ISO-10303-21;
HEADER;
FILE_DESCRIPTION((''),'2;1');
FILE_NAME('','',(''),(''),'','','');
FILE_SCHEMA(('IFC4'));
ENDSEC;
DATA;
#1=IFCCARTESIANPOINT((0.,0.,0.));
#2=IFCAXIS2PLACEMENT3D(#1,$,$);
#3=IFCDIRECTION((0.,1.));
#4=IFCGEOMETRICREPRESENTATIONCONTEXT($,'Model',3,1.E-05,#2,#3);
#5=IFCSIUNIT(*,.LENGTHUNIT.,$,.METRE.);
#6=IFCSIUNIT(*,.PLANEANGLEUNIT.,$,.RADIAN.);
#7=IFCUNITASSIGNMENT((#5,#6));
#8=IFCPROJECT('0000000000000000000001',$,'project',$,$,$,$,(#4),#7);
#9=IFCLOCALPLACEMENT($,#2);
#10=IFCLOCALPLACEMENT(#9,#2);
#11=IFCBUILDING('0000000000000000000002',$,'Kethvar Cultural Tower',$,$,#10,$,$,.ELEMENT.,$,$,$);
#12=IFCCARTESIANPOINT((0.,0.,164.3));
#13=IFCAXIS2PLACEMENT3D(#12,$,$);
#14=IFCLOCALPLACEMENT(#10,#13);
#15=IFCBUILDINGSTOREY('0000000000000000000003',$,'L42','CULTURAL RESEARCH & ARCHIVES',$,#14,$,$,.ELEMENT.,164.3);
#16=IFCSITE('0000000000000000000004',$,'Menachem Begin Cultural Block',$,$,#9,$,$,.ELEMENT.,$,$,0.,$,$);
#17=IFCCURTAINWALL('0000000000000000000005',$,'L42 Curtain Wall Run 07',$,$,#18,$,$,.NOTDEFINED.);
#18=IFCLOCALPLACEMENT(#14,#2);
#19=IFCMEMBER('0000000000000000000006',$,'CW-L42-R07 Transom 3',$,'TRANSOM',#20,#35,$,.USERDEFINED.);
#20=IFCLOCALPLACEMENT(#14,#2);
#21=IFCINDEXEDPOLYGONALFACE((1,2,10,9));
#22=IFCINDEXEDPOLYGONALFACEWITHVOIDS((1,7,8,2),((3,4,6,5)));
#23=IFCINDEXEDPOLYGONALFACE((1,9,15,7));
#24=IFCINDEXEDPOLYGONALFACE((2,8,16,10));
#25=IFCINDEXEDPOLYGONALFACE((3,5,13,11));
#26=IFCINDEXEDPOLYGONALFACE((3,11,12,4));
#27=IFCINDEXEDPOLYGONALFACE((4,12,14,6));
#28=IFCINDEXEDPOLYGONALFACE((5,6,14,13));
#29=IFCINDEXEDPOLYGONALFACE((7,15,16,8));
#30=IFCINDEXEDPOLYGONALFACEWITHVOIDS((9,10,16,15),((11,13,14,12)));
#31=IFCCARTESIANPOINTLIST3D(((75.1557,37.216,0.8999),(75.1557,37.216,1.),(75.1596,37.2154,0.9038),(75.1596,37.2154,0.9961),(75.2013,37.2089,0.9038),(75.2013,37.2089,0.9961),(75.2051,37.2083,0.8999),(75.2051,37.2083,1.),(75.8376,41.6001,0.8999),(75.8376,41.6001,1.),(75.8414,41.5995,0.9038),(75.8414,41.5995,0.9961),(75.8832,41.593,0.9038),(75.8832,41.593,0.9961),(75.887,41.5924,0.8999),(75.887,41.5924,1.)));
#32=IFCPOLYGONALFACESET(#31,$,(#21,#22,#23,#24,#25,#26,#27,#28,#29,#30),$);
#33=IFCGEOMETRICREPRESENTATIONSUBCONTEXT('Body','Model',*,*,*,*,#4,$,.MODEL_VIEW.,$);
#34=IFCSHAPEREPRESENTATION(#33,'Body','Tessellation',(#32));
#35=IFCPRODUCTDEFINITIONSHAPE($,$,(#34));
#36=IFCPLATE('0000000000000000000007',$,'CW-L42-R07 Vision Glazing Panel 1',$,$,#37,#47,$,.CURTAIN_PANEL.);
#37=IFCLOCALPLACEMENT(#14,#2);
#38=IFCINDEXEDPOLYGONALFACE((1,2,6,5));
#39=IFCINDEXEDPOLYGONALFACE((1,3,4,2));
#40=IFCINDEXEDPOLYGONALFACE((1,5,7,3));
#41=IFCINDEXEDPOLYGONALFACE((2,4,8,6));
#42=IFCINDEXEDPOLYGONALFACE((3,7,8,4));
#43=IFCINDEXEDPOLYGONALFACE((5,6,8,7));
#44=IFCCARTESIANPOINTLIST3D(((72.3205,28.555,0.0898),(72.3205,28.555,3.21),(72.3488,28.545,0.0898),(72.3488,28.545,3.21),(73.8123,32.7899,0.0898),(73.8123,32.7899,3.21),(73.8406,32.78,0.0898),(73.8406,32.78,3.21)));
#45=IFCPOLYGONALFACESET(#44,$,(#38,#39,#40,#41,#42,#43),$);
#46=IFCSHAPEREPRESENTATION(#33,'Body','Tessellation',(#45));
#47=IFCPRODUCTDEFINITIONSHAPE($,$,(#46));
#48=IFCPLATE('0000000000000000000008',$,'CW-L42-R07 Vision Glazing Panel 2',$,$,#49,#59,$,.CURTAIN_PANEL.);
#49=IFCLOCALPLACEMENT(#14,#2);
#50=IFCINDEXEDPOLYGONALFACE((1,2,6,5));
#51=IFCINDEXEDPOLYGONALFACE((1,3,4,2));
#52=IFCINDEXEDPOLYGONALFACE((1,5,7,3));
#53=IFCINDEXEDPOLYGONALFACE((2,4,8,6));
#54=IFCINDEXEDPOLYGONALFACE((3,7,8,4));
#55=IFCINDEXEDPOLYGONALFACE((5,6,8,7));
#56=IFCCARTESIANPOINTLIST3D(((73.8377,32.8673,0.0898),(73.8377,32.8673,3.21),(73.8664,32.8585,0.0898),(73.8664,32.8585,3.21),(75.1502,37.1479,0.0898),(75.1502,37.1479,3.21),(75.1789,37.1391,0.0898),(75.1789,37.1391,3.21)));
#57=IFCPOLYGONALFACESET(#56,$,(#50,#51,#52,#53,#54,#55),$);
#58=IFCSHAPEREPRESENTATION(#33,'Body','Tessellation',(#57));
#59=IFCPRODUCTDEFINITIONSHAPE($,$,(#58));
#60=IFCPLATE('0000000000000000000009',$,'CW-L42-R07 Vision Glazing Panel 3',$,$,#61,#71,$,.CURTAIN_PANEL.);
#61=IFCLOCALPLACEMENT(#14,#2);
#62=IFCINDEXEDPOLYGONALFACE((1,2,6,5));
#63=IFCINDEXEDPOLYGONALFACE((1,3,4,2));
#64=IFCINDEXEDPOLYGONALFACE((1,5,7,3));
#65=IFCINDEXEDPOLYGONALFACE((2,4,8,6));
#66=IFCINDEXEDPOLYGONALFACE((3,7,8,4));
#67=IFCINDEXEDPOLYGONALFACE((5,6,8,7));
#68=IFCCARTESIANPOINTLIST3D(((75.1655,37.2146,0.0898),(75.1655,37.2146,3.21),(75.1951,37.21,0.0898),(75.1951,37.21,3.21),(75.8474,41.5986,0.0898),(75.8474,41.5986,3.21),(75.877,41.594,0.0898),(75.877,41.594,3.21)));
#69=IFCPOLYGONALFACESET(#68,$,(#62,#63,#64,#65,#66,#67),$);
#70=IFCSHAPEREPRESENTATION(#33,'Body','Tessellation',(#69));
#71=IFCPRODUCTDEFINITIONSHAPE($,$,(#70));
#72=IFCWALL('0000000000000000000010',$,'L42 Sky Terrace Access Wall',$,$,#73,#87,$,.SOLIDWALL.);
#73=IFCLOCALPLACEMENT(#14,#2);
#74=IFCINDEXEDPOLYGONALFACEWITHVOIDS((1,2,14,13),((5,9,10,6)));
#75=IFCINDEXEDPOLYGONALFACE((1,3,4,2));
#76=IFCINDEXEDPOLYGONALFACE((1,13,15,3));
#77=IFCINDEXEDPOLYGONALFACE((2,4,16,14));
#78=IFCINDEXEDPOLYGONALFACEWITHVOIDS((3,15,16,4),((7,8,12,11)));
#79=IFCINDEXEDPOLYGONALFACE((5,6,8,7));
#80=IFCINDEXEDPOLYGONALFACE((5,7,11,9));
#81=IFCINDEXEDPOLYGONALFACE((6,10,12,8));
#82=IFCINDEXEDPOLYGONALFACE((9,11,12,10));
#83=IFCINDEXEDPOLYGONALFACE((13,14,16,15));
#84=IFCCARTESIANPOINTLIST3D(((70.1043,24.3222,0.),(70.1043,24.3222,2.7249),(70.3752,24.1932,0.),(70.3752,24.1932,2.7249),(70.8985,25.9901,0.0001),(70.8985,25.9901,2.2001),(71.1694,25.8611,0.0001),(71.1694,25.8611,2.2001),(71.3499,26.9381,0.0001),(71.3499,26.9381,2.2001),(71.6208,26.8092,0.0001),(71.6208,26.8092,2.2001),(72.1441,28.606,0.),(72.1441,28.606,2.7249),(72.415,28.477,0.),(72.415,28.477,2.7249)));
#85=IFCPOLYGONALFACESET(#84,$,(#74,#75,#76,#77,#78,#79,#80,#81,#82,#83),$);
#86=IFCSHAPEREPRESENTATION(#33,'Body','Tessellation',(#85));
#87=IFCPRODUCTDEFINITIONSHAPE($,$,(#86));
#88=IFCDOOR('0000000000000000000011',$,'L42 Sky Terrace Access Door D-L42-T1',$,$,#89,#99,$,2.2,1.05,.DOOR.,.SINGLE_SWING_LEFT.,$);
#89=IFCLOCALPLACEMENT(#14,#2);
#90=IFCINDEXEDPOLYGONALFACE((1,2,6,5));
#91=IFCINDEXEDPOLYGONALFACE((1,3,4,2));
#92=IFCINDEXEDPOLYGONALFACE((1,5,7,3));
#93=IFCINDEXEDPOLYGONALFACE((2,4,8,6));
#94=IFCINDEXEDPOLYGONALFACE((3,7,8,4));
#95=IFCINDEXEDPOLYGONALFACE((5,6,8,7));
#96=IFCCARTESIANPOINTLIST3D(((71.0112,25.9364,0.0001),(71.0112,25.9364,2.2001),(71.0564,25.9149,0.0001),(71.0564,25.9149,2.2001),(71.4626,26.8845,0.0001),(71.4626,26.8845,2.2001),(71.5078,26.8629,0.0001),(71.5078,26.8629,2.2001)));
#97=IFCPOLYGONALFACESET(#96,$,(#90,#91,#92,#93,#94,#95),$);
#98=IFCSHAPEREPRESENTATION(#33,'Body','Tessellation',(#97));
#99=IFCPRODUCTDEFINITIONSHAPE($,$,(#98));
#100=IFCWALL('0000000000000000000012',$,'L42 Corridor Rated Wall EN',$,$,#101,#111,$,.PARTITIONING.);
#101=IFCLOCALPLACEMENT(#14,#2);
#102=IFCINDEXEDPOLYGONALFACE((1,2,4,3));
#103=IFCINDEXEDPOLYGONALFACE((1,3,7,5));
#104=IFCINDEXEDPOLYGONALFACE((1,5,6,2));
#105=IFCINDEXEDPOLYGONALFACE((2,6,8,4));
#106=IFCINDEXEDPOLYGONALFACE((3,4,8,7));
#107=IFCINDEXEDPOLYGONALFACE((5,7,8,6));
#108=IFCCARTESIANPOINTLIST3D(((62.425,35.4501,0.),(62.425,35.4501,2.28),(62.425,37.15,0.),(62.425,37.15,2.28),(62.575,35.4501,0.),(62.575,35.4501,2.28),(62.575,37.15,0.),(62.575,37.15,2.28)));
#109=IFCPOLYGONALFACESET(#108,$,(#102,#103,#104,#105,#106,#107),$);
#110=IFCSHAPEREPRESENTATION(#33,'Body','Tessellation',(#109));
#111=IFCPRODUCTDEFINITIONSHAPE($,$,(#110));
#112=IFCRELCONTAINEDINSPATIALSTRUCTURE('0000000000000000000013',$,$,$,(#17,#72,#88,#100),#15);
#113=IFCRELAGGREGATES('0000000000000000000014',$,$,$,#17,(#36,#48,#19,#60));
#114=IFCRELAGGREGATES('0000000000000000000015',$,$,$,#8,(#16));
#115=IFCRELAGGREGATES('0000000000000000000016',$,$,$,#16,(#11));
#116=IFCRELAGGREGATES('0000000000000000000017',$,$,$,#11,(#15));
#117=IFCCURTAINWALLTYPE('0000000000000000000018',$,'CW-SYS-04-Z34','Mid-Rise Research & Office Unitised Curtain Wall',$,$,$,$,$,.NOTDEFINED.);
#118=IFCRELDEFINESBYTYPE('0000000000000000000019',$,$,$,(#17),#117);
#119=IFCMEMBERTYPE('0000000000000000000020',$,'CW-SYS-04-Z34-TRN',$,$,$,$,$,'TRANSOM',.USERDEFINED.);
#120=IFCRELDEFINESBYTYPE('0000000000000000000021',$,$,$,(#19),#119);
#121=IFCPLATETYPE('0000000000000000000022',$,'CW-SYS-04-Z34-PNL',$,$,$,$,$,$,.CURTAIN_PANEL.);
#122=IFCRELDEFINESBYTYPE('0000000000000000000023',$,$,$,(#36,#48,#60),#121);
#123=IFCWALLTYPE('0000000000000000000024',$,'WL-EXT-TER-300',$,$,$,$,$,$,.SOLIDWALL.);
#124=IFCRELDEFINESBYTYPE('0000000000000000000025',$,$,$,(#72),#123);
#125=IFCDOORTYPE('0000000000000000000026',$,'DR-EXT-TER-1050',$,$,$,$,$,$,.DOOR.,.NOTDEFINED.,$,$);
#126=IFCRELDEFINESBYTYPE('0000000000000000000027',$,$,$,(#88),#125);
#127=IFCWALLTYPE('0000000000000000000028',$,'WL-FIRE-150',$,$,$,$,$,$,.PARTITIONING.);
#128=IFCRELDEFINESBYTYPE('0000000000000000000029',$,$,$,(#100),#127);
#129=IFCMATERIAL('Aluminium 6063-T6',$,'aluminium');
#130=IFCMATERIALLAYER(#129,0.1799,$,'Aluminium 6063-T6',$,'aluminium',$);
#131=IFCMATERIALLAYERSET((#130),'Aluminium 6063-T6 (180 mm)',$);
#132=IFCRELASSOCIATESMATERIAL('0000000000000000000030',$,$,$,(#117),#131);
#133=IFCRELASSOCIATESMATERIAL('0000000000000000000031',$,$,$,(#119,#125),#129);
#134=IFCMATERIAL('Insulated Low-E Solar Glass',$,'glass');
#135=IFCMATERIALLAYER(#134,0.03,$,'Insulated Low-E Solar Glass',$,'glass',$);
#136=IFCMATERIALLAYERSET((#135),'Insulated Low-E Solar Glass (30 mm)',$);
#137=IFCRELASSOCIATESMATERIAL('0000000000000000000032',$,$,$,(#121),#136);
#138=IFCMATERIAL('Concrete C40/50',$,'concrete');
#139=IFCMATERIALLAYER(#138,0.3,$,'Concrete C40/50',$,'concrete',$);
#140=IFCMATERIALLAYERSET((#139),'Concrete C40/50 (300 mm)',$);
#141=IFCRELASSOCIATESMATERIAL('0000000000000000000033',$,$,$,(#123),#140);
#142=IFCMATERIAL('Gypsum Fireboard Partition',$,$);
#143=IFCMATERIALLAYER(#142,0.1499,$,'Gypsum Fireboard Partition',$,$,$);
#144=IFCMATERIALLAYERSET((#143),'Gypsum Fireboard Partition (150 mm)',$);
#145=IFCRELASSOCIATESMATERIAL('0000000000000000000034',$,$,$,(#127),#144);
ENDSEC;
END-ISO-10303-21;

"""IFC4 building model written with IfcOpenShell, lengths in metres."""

from ifc_helpers import new_model, si_unit, direction, frame, frame_2d, origin, origin_2d, place, context, subcontext, project, spatial, rectangle, hollow_rectangle, extrude, source, transform, mapped, material, layer, layer_set, material_profile, profile_set, type_object, element, fill, aggregate, save


model = new_model("IFC4")

# Units and contexts
model_context = context("Model", 3, precision=1e-05, world=origin(), true_north=direction((0.0, 1.0)))
body_context = subcontext(model_context, "Body", "Model", "MODEL_VIEW")
ifc_project = project(units=[si_unit("LENGTHUNIT", "METRE"), si_unit("PLANEANGLEUNIT", "RADIAN")], contexts=[model_context])

# Site, building, storey
site_placement = place(None, origin())
site = spatial("IfcSite", under=ifc_project, at=site_placement, Name="Menachem Begin Cultural Block", CompositionType="ELEMENT", RefElevation=0.0)
building_placement = place(site_placement, origin())
building = spatial("IfcBuilding", under=site, at=building_placement, Name="Kethvar Cultural Tower", CompositionType="ELEMENT")
storey_placement = place(building_placement, frame((0.0, 0.0, 164.3)))
storey = spatial("IfcBuildingStorey", under=building, at=storey_placement, Name="L42", Description="CULTURAL RESEARCH & ARCHIVES", CompositionType="ELEMENT", Elevation=164.3)

# Curtain wall, member, plates
ifc_material_1 = material(Name="Aluminium 6063-T6", Category="aluminium")
ifc_layer_1 = layer(ifc_material_1, 0.1799, Name="Aluminium 6063-T6", Category="aluminium")
ifc_layer_set_1 = layer_set([ifc_layer_1], Name="Aluminium 6063-T6 (180 mm)")
curtain_wall_type = type_object("IfcCurtainWallType", Name="CW-SYS-04-Z34", Description="Mid-Rise Research & Office Unitised Curtain Wall", PredefinedType="NOTDEFINED", material=ifc_layer_set_1)
curtain_wall_placement = place(storey_placement, origin())
curtain_wall = element("IfcCurtainWall", 1, at=curtain_wall_placement, inside=storey, type_object=curtain_wall_type, Name="L42 Curtain Wall Run 07", PredefinedType="NOTDEFINED")
ifc_material_profile_1 = material_profile(ifc_material_1, hollow_rectangle(XDim=0.05, YDim=0.1001, WallThickness=0.0039, at=origin_2d()), Name="Aluminium 6063-T6 — RHS100x50x4")
ifc_profile_set_1 = profile_set([ifc_material_profile_1], Name="Aluminium 6063-T6 — RHS100x50x4")
member_type_1 = type_object("IfcMemberType", Name="CW-SYS-04-Z34-TRN", ElementType="TRANSOM", PredefinedType="USERDEFINED", material=ifc_profile_set_1)
shared_shape_1 = source(origin(), body_context, "Body", "SweptSolid", [
    extrude(hollow_rectangle(XDim=0.05, YDim=0.1001, WallThickness=0.0039, at=origin_2d()), origin(), (0.0, 0.0, 1.0), 4.4368),
])
member_1_placement = place(storey_placement, frame((75.1804, 37.2122, 0.95), z_axis=(0.15369, 0.988119, 0.0), x_axis=(-0.988119, 0.15369, 0.0)))
member_1 = element("IfcMember", 2, at=member_1_placement, type_object=member_type_1, Name="CW-L42-R07 Transom 3", ObjectType="TRANSOM", PredefinedType="USERDEFINED", context=body_context, shape_type="MappedRepresentation", body=[
    mapped(shared_shape_1, transform((0.0, 0.0, 0.0), scale=1.0)),
])
ifc_material_2 = material(Name="Insulated Low-E Solar Glass", Category="glass")
ifc_layer_2 = layer(ifc_material_2, 0.03, Name="Insulated Low-E Solar Glass", Category="glass")
ifc_layer_set_2 = layer_set([ifc_layer_2], Name="Insulated Low-E Solar Glass (30 mm)")
plate_type = type_object("IfcPlateType", Name="CW-SYS-04-Z34-PNL", PredefinedType="CURTAIN_PANEL", material=ifc_layer_set_2)
shared_shape_2 = source(origin(), body_context, "Body", "SweptSolid", [
    extrude(rectangle(XDim=4.49, YDim=0.03, at=origin_2d()), origin(), (0.0, 0.0, 1.0), 3.1201),
])
plate_1_placement = place(storey_placement, frame((73.0806, 30.6675, 0.0898), z_axis=(0.0, 0.0, 1.0), x_axis=(0.332243, 0.943194, 0.0)))
plate_1 = element("IfcPlate", 3, at=plate_1_placement, type_object=plate_type, Name="CW-L42-R07 Vision Glazing Panel 1", PredefinedType="CURTAIN_PANEL", context=body_context, shape_type="MappedRepresentation", body=[
    mapped(shared_shape_2, transform((0.0, 0.0, 0.0), scale=1.0)),
])
shared_shape_3 = source(origin(), body_context, "Body", "SweptSolid", [
    extrude(rectangle(XDim=4.4773, YDim=0.03, at=origin_2d()), origin(), (0.0, 0.0, 1.0), 3.1201),
])
plate_2_placement = place(storey_placement, frame((74.5083, 35.0032, 0.0898), z_axis=(0.0, 0.0, 1.0), x_axis=(0.293139, 0.95607, 0.0)))
plate_2 = element("IfcPlate", 4, at=plate_2_placement, type_object=plate_type, Name="CW-L42-R07 Vision Glazing Panel 2", PredefinedType="CURTAIN_PANEL", context=body_context, shape_type="MappedRepresentation", body=[
    mapped(shared_shape_3, transform((0.0, 0.0, 0.0), scale=1.0)),
])
shared_shape_4 = source(origin(), body_context, "Body", "SweptSolid", [
    extrude(rectangle(XDim=4.4368, YDim=0.03, at=origin_2d()), origin(), (0.0, 0.0, 1.0), 3.1201),
])
plate_3_placement = place(storey_placement, frame((75.5212, 39.4043, 0.0898), z_axis=(0.0, 0.0, 1.0), x_axis=(0.153693, 0.988119, 0.0)))
plate_3 = element("IfcPlate", 5, at=plate_3_placement, type_object=plate_type, Name="CW-L42-R07 Vision Glazing Panel 3", PredefinedType="CURTAIN_PANEL", context=body_context, shape_type="MappedRepresentation", body=[
    mapped(shared_shape_4, transform((0.0, 0.0, 0.0), scale=1.0)),
])
aggregate(curtain_wall, [plate_1, plate_2, member_1, plate_3])

# Wall, opening, door
ifc_material_3 = material(Name="Concrete C40/50", Category="concrete")
ifc_layer_3 = layer(ifc_material_3, 0.3, Name="Concrete C40/50", Category="concrete")
ifc_layer_set_3 = layer_set([ifc_layer_3], Name="Concrete C40/50 (300 mm)")
wall_type_1 = type_object("IfcWallType", Name="WL-EXT-TER-300", PredefinedType="SOLIDWALL", material=ifc_layer_set_3)
wall_1_placement = place(storey_placement, frame((72.2795, 28.5415, 0.0), z_axis=(0.0, 0.0, 1.0), x_axis=(-0.429924, -0.902865, 0.0)))
wall_1 = element("IfcWall", 6, at=wall_1_placement, inside=storey, type_object=wall_type_1, Name="L42 Sky Terrace Access Wall", PredefinedType="SOLIDWALL", context=body_context, shape_type="SweptSolid", body=[
    extrude(rectangle(XDim=4.7446, YDim=0.3, at=frame_2d((2.3723, 0.0))), origin(), (0.0, 0.0, 1.0), 2.7249),
])
opening_1_placement = place(wall_1_placement, frame((1.8474, 0.0, 0.0)))
opening_1 = element("IfcOpeningElement", 7, at=opening_1_placement, cuts=wall_1, PredefinedType="OPENING", context=body_context, shape_type="SweptSolid", body=[
    extrude(rectangle(XDim=1.05, YDim=2.2, at=frame_2d((0.5249, 1.1001))), frame((0.0, 0.1599, 0.0), z_axis=(0.0, -1.0, 0.0), x_axis=(1.0, 0.0, 0.0)), (0.0, 0.0, 1.0), 0.3201),
])
door_type_1 = type_object("IfcDoorType", Name="DR-EXT-TER-1050", OperationType="NOTDEFINED", PredefinedType="DOOR", material=ifc_material_1)
shared_shape_5 = source(origin(), body_context, "Body", "SweptSolid", [
    extrude(rectangle(XDim=1.05, YDim=2.2, at=frame_2d((0.5249, 1.1001))), frame((0.0, 0.0249, 0.0), z_axis=(0.0, -1.0, 0.0), x_axis=(1.0, 0.0, 0.0)), (0.0, 0.0, 1.0), 0.05),
])
door_1_placement = place(opening_1_placement, origin())
door_1 = element("IfcDoor", 8, at=door_1_placement, inside=storey, type_object=door_type_1, Name="L42 Sky Terrace Access Door D-L42-T1", OperationType="SINGLE_SWING_LEFT", OverallHeight=2.2, OverallWidth=1.05, PredefinedType="DOOR", context=body_context, shape_type="MappedRepresentation", body=[
    mapped(shared_shape_5, transform((0.0, 0.0, 0.0), scale=1.0)),
])
fill(opening_1, door_1)

# Wall
ifc_material_4 = material(Name="Gypsum Fireboard Partition")
ifc_layer_4 = layer(ifc_material_4, 0.1499, Name="Gypsum Fireboard Partition")
ifc_layer_set_4 = layer_set([ifc_layer_4], Name="Gypsum Fireboard Partition (150 mm)")
wall_type_2 = type_object("IfcWallType", Name="WL-FIRE-150", PredefinedType="PARTITIONING", material=ifc_layer_set_4)
wall_2_placement = place(storey_placement, frame((62.5, 35.45, 0.0), z_axis=(0.0, 0.0, 1.0), x_axis=(0.0, 1.0, 0.0)))
element("IfcWall", 9, at=wall_2_placement, inside=storey, type_object=wall_type_2, Name="L42 Corridor Rated Wall EN", PredefinedType="PARTITIONING", context=body_context, shape_type="SweptSolid", body=[
    extrude(rectangle(XDim=1.7, YDim=0.1499, at=frame_2d((0.8501, 0.0))), origin(), (0.0, 0.0, 1.0), 2.28),
])

save(model, "model.ifc")
